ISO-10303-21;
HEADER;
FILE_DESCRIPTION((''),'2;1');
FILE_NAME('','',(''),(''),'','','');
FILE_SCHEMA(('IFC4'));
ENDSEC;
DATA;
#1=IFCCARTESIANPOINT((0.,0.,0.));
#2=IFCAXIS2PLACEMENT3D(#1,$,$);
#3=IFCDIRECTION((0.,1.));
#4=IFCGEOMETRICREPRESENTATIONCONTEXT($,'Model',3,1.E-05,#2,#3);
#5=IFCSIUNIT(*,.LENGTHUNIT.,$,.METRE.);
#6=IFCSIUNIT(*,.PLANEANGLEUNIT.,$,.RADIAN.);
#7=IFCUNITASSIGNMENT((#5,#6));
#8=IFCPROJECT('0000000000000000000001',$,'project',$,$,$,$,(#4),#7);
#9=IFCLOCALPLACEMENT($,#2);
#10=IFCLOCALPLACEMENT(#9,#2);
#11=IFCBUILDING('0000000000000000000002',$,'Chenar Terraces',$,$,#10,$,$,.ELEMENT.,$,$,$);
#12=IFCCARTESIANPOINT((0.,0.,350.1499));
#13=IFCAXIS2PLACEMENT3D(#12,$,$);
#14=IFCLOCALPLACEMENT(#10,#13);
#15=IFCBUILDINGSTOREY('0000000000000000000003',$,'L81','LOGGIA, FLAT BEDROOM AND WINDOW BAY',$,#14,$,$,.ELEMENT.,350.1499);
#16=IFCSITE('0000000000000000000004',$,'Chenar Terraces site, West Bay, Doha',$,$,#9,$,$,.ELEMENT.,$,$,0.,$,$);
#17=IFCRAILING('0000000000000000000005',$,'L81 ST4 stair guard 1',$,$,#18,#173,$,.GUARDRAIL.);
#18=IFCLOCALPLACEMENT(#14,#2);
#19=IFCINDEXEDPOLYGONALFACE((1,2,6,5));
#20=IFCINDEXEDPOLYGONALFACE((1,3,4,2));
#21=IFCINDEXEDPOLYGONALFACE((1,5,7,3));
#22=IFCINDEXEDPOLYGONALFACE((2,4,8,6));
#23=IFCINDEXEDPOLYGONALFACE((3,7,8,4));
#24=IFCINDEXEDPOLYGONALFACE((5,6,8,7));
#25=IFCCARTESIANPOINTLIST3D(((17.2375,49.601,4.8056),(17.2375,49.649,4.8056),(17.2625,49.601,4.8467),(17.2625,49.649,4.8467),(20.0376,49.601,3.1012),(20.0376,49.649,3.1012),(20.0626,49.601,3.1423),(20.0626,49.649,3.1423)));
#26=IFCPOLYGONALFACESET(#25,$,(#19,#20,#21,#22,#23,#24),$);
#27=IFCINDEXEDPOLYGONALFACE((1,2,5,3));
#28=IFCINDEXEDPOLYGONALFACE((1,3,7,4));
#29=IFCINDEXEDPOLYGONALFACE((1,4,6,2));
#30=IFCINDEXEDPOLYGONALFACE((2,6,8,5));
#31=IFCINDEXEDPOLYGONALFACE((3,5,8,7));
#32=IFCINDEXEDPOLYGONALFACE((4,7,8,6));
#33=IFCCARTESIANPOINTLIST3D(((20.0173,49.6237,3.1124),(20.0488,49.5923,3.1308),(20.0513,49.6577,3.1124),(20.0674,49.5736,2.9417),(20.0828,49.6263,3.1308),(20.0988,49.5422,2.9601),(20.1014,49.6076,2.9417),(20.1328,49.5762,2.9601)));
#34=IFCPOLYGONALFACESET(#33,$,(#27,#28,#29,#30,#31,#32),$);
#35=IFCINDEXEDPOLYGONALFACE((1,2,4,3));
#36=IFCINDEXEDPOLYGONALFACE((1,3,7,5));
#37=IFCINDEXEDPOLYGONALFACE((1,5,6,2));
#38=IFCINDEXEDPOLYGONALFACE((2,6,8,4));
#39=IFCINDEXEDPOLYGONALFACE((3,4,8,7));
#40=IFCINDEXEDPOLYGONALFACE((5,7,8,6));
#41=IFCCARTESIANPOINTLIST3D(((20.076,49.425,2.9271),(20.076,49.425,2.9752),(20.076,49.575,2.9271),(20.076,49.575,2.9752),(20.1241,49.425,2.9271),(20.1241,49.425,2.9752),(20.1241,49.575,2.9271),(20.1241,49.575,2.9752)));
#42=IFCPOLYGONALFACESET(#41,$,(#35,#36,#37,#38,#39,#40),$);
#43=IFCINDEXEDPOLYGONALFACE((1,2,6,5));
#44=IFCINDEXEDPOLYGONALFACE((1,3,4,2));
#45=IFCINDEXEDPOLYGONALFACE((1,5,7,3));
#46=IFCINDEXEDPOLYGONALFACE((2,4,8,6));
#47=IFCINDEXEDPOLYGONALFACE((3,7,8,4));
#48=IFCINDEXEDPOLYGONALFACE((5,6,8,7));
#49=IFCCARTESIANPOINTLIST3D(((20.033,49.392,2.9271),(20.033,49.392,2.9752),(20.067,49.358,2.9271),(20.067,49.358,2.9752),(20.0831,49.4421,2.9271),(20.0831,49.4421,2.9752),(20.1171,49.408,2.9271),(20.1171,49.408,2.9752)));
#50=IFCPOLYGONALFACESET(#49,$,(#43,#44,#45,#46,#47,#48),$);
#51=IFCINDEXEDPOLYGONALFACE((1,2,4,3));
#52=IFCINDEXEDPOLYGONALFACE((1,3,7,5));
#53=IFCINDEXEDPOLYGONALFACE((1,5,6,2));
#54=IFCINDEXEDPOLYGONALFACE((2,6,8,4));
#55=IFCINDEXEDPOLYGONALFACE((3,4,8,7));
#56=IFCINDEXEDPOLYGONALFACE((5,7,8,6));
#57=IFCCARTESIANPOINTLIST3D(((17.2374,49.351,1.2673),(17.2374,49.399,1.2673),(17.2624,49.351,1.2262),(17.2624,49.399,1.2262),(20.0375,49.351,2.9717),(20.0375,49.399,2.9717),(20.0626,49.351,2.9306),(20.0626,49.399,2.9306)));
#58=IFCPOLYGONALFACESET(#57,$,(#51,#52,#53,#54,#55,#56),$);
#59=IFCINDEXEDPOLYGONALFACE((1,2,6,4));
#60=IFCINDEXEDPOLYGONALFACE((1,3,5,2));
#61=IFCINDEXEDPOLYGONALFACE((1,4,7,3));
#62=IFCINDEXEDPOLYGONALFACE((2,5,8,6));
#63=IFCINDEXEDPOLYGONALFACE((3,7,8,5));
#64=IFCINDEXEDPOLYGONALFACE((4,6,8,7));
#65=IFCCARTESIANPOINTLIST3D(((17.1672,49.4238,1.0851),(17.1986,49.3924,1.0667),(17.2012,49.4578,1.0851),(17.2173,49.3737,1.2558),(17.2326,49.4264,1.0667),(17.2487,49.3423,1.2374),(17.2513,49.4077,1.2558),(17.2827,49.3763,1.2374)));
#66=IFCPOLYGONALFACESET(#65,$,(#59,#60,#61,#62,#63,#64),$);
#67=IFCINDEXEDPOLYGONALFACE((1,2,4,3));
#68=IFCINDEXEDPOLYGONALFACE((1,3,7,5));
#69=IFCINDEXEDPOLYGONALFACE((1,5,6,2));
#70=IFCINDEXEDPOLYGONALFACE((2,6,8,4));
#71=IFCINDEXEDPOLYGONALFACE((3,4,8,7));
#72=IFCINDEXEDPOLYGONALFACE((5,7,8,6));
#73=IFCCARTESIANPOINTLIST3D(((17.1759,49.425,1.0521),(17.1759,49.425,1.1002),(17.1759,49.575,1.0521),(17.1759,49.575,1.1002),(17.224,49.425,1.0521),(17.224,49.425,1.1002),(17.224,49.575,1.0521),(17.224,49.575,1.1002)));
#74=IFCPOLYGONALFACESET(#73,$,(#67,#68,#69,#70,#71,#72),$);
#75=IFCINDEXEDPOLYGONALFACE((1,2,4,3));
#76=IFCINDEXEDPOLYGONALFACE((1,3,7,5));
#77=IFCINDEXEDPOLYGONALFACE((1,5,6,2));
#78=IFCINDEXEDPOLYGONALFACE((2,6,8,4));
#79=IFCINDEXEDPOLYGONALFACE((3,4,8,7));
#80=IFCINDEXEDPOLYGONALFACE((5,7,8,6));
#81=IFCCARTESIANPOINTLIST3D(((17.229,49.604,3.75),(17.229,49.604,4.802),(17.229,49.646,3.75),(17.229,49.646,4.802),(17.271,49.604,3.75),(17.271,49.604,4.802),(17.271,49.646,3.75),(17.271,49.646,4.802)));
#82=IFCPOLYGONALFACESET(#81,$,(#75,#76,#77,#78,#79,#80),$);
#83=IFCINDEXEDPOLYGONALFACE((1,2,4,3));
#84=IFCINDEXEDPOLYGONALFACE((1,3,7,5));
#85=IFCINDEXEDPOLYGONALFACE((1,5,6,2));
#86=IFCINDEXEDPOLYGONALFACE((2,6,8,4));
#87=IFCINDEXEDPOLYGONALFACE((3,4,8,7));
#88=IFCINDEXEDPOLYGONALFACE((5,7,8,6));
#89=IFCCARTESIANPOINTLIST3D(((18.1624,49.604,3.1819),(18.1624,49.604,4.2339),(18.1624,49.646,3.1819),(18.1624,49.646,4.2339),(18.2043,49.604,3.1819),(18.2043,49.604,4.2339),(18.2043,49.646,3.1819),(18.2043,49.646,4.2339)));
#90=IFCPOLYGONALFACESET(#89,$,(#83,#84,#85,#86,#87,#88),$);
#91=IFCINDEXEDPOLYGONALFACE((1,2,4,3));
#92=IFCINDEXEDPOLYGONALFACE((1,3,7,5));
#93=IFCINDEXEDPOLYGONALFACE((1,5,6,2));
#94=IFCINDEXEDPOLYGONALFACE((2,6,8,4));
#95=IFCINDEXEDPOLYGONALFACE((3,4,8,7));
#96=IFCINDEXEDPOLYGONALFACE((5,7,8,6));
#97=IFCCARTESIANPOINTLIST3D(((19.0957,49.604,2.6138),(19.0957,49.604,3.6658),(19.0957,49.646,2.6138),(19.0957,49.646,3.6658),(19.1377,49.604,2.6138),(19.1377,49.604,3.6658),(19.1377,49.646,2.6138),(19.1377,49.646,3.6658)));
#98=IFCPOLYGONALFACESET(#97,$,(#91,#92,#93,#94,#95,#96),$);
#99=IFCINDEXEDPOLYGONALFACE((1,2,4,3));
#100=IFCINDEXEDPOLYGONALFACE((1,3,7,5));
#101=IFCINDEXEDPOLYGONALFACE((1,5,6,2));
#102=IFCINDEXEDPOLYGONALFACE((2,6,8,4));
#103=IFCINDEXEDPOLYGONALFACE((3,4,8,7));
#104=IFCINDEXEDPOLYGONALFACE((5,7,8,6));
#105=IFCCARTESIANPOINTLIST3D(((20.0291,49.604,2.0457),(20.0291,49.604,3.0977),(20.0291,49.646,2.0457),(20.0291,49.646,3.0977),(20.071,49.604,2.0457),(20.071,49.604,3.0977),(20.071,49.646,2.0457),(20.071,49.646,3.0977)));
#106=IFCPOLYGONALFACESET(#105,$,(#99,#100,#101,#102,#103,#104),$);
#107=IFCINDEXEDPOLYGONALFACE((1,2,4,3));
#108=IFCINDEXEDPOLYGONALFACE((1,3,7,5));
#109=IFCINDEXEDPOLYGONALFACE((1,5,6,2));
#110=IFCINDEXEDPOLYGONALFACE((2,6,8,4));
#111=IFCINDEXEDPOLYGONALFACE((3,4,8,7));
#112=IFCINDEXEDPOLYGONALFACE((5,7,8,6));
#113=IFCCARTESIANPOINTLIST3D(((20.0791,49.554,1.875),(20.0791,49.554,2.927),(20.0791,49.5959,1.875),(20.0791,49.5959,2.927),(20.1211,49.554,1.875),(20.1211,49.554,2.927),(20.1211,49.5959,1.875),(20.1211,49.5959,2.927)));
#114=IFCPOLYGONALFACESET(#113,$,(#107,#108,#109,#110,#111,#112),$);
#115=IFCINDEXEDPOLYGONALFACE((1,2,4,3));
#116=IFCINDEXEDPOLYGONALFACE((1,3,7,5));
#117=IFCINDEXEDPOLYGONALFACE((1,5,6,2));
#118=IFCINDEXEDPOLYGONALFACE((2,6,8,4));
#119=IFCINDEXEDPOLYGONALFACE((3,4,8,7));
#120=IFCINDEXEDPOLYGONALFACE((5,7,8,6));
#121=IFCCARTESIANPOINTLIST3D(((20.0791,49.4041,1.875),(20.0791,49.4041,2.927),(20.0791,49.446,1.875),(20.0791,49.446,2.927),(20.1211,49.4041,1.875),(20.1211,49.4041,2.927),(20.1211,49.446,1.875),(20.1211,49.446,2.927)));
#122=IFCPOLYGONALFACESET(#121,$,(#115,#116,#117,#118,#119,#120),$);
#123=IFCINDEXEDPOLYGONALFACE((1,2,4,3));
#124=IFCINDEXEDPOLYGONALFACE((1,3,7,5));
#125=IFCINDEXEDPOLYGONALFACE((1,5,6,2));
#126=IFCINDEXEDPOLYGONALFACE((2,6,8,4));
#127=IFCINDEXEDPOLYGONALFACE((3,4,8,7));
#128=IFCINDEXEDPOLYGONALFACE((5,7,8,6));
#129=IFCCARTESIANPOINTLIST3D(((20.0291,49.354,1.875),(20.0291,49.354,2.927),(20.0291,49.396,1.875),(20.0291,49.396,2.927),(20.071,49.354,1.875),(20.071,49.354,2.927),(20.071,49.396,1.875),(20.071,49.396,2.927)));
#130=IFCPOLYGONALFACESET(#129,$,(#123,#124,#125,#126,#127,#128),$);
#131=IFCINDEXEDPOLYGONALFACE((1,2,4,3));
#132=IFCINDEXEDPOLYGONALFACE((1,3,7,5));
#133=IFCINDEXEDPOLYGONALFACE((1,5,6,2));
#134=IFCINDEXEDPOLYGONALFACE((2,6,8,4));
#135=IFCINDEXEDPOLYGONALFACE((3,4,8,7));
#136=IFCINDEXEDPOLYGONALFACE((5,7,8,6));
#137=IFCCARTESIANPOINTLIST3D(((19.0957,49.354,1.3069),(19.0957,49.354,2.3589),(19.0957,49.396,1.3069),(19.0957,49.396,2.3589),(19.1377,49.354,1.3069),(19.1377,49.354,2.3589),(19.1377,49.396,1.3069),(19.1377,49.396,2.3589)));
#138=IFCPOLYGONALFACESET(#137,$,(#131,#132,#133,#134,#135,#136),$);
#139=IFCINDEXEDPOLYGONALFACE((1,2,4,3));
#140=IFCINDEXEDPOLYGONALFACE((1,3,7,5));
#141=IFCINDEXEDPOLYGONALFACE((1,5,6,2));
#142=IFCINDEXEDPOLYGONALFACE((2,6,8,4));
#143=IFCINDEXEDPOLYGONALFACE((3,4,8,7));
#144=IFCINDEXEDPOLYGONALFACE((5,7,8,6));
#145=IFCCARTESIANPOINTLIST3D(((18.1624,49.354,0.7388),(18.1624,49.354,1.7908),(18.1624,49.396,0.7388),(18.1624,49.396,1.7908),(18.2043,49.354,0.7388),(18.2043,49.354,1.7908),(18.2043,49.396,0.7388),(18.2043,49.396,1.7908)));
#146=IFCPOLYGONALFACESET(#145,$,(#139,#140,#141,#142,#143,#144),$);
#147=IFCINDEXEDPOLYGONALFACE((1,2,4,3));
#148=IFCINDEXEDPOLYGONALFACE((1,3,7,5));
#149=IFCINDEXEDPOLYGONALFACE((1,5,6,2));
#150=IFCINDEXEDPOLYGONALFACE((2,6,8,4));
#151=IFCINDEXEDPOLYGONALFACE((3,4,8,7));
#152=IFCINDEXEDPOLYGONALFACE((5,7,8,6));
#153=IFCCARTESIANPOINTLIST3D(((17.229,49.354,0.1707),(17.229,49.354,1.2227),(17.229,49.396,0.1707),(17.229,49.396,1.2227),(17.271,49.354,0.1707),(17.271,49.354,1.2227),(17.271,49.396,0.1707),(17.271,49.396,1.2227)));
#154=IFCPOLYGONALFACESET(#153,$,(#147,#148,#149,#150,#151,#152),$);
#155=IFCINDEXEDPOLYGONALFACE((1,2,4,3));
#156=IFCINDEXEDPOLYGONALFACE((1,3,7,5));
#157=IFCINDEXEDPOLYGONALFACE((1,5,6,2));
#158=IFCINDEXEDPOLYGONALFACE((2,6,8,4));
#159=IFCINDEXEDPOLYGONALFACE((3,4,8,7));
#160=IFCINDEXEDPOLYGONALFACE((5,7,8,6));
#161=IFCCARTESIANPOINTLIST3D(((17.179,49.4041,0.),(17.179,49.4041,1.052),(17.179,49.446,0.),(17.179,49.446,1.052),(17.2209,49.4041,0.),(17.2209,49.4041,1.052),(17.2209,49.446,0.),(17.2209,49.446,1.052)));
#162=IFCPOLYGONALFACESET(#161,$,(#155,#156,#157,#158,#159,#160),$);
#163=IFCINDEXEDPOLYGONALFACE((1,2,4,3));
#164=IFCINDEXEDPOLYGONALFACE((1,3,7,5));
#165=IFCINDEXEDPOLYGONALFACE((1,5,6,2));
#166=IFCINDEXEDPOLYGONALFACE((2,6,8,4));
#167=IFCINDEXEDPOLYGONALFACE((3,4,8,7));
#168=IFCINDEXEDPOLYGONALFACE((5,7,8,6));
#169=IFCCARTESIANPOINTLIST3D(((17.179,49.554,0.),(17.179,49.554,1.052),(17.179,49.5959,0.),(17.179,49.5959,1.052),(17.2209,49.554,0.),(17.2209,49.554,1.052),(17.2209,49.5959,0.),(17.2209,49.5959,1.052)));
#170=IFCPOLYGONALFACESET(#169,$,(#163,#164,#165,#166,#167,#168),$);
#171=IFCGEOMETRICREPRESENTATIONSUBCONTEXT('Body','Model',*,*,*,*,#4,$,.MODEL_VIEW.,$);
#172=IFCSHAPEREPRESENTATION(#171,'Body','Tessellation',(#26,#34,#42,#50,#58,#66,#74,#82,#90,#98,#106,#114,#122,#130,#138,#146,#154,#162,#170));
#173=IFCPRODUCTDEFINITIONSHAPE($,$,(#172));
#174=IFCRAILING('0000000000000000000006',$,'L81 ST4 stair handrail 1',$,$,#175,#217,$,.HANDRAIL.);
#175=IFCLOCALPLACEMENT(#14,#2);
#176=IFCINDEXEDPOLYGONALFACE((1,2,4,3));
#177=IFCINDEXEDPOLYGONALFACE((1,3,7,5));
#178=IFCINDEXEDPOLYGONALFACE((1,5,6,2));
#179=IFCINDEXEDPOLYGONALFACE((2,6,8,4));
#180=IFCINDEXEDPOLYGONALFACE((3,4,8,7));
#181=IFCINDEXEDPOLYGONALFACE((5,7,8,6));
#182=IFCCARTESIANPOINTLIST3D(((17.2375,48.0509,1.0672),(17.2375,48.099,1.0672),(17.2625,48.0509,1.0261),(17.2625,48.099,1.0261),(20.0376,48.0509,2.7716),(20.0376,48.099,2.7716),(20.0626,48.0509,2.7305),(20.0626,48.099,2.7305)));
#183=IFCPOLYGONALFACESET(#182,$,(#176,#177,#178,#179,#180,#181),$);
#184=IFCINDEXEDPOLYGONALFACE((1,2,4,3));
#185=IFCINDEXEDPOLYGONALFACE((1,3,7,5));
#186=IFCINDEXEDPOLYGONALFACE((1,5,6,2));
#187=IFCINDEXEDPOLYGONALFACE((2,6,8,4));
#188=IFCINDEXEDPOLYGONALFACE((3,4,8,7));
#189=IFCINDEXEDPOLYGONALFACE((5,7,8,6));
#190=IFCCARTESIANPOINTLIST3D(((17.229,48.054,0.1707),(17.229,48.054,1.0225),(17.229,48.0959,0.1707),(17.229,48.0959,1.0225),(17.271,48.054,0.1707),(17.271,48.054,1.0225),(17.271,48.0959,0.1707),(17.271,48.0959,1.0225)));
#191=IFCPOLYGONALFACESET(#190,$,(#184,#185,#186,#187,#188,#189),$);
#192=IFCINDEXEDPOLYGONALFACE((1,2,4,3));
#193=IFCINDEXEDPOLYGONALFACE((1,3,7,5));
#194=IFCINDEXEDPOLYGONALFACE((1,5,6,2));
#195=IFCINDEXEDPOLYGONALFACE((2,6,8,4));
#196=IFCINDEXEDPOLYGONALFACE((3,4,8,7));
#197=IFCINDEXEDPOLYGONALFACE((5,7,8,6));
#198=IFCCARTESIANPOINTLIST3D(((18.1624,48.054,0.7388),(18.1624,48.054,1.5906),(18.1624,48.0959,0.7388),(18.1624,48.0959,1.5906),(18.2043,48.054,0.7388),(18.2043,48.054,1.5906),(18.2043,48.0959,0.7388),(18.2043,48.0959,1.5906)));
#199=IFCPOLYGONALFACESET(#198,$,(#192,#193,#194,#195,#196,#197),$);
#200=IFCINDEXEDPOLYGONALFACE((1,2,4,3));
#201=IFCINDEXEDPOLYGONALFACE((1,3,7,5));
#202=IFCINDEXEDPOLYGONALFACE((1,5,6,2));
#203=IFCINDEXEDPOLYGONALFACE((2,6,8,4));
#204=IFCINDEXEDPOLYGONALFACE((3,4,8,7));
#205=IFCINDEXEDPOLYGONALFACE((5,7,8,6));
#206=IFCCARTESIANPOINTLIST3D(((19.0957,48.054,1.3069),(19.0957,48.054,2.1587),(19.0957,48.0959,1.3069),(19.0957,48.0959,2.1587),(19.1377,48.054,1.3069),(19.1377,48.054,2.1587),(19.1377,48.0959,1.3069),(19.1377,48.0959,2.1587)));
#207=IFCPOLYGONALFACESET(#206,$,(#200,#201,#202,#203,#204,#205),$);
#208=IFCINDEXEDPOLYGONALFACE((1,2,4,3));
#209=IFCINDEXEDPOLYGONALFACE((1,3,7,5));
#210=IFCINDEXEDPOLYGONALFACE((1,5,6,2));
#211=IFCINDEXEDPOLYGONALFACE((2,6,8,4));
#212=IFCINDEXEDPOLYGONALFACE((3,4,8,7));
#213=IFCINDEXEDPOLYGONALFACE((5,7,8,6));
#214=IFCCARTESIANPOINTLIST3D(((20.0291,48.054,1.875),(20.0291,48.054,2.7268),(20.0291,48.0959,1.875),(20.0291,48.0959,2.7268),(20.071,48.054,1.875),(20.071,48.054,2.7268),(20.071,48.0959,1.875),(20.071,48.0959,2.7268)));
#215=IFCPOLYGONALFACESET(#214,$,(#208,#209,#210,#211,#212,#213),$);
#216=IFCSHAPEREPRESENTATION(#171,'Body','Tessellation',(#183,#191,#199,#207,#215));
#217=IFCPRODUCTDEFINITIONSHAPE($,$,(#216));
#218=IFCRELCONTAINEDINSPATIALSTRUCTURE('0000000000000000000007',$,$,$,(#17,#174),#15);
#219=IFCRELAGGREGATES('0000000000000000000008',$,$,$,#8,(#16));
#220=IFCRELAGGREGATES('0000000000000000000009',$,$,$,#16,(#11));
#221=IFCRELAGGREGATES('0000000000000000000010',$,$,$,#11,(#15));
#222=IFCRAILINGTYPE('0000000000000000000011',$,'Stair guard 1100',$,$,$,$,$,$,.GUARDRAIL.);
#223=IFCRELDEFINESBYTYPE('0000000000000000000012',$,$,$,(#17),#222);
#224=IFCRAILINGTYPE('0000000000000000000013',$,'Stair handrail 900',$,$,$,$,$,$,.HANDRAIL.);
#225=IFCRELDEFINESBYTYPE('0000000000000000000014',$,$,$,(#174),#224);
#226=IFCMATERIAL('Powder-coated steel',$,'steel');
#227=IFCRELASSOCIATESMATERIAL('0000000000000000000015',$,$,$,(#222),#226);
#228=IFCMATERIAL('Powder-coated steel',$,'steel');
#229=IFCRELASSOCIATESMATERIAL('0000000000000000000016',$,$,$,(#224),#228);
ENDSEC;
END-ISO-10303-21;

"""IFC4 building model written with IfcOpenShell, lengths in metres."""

from ifc_helpers import new_model, si_unit, direction, frame, origin, origin_2d, place, context, subcontext, project, spatial, rectangle, extrude, material, type_object, element, save


model = new_model("IFC4")

# Units and contexts
model_context = context("Model", 3, precision=1e-05, world=origin(), true_north=direction((0.0, 1.0)))
body_context = subcontext(model_context, "Body", "Model", "MODEL_VIEW")
ifc_project = project(units=[si_unit("LENGTHUNIT", "METRE"), si_unit("PLANEANGLEUNIT", "RADIAN")], contexts=[model_context])

# Site, building, storey
site_placement = place(None, origin())
site = spatial("IfcSite", under=ifc_project, at=site_placement, Name="Chenar Terraces site, West Bay, Doha", CompositionType="ELEMENT", RefElevation=0.0)
building_placement = place(site_placement, origin())
building = spatial("IfcBuilding", under=site, at=building_placement, Name="Chenar Terraces", CompositionType="ELEMENT")
storey_placement = place(building_placement, frame((0.0, 0.0, 350.1499)))
storey = spatial("IfcBuildingStorey", under=building, at=storey_placement, Name="L81", Description="LOGGIA, FLAT BEDROOM AND WINDOW BAY", CompositionType="ELEMENT", Elevation=350.1499)

# Railings
ifc_material_1 = material(Name="Powder-coated steel", Category="steel")
railing_type_1 = type_object("IfcRailingType", Name="Stair guard 1100", PredefinedType="GUARDRAIL", material=ifc_material_1)
railing_1_placement = place(storey_placement, frame((17.25, 49.625, 3.75)))
element("IfcRailing", 1, at=railing_1_placement, inside=storey, type_object=railing_type_1, Name="L81 ST4 stair guard 1", PredefinedType="GUARDRAIL", context=body_context, shape_type="SweptSolid", body=[
    extrude(rectangle(XDim=0.0481, YDim=0.0481, at=origin_2d()), frame((0.0, 0.0, 1.0762), z_axis=(0.854203, 0.0, -0.51994), x_axis=(0.0, 1.0, 0.0)), (0.0, 0.0, 1.0), 3.2781),
    extrude(rectangle(XDim=0.0481, YDim=0.0481, at=origin_2d()), frame((2.8, 0.0, -0.6284), z_axis=(0.2709, -0.2709, -0.923703), x_axis=(0.707107, 0.707107, 0.0)), (0.0, 0.0, 1.0), 0.1848),
    extrude(rectangle(XDim=0.0481, YDim=0.0481, at=origin_2d()), frame((2.8501, -0.05, -0.7988), z_axis=(0.0, -1.0, 0.0), x_axis=(1.0, 0.0, 0.0)), (0.0, 0.0, 1.0), 0.1499),
    extrude(rectangle(XDim=0.0481, YDim=0.0481, at=origin_2d()), frame((2.8501, -0.2, -0.7988), z_axis=(-0.707107, -0.707107, 0.0), x_axis=(0.707107, -0.707107, 0.0)), (0.0, 0.0, 1.0), 0.0708),
    extrude(rectangle(XDim=0.0481, YDim=0.0481, at=origin_2d()), frame((2.8, -0.25, -0.7988), z_axis=(-0.854203, 0.0, -0.51994), x_axis=(0.0, -1.0, 0.0)), (0.0, 0.0, 1.0), 3.2781),
    extrude(rectangle(XDim=0.0481, YDim=0.0481, at=origin_2d()), frame((0.0, -0.25, -2.5034), z_axis=(-0.2709, 0.2709, -0.923703), x_axis=(-0.707107, -0.707107, 0.0)), (0.0, 0.0, 1.0), 0.1848),
    extrude(rectangle(XDim=0.0481, YDim=0.0481, at=origin_2d()), frame((-0.05, -0.2, -2.6738), z_axis=(0.0, 1.0, 0.0), x_axis=(-1.0, 0.0, 0.0)), (0.0, 0.0, 1.0), 0.1499),
    extrude(rectangle(XDim=0.042, YDim=0.042, at=origin_2d()), origin(), (0.0, 0.0, 1.0), 1.052),
    extrude(rectangle(XDim=0.042, YDim=0.042, at=origin_2d()), frame((0.9333, 0.0, -0.5681)), (0.0, 0.0, 1.0), 1.052),
    extrude(rectangle(XDim=0.042, YDim=0.042, at=origin_2d()), frame((1.8667, 0.0, -1.1362)), (0.0, 0.0, 1.0), 1.052),
    extrude(rectangle(XDim=0.042, YDim=0.042, at=origin_2d()), frame((2.8, 0.0, -1.7043)), (0.0, 0.0, 1.0), 1.052),
    extrude(rectangle(XDim=0.042, YDim=0.042, at=origin_2d()), frame((2.8501, -0.05, -1.875)), (0.0, 0.0, 1.0), 1.052),
    extrude(rectangle(XDim=0.042, YDim=0.042, at=origin_2d()), frame((2.8501, -0.2, -1.875)), (0.0, 0.0, 1.0), 1.052),
    extrude(rectangle(XDim=0.042, YDim=0.042, at=origin_2d()), frame((2.8, -0.25, -1.875)), (0.0, 0.0, 1.0), 1.052),
    extrude(rectangle(XDim=0.042, YDim=0.042, at=origin_2d()), frame((1.8667, -0.25, -2.4431)), (0.0, 0.0, 1.0), 1.052),
    extrude(rectangle(XDim=0.042, YDim=0.042, at=origin_2d()), frame((0.9333, -0.25, -3.0112)), (0.0, 0.0, 1.0), 1.052),
    extrude(rectangle(XDim=0.042, YDim=0.042, at=origin_2d()), frame((0.0, -0.25, -3.5793)), (0.0, 0.0, 1.0), 1.052),
    extrude(rectangle(XDim=0.042, YDim=0.042, at=origin_2d()), frame((-0.05, -0.2, -3.75)), (0.0, 0.0, 1.0), 1.052),
    extrude(rectangle(XDim=0.042, YDim=0.042, at=origin_2d()), frame((-0.05, -0.05, -3.75)), (0.0, 0.0, 1.0), 1.052),
])
ifc_material_2 = material(Name="Powder-coated steel", Category="steel")
railing_type_2 = type_object("IfcRailingType", Name="Stair handrail 900", PredefinedType="HANDRAIL", material=ifc_material_2)
railing_2_placement = place(storey_placement, frame((17.25, 48.075, 0.1707)))
element("IfcRailing", 2, at=railing_2_placement, inside=storey, type_object=railing_type_2, Name="L81 ST4 stair handrail 1", PredefinedType="HANDRAIL", context=body_context, shape_type="SweptSolid", body=[
    extrude(rectangle(XDim=0.0481, YDim=0.0481, at=origin_2d()), frame((0.0, 0.0, 0.876), z_axis=(0.854203, 0.0, 0.51994), x_axis=(0.0, 1.0, 0.0)), (0.0, 0.0, 1.0), 3.2781),
    extrude(rectangle(XDim=0.042, YDim=0.042, at=origin_2d()), origin(), (0.0, 0.0, 1.0), 0.8518),
    extrude(rectangle(XDim=0.042, YDim=0.042, at=origin_2d()), frame((0.9333, 0.0, 0.5681)), (0.0, 0.0, 1.0), 0.8518),
    extrude(rectangle(XDim=0.042, YDim=0.042, at=origin_2d()), frame((1.8667, 0.0, 1.1362)), (0.0, 0.0, 1.0), 0.8518),
    extrude(rectangle(XDim=0.042, YDim=0.042, at=origin_2d()), frame((2.8, 0.0, 1.7043)), (0.0, 0.0, 1.0), 0.8518),
])

save(model, "model.ifc")
